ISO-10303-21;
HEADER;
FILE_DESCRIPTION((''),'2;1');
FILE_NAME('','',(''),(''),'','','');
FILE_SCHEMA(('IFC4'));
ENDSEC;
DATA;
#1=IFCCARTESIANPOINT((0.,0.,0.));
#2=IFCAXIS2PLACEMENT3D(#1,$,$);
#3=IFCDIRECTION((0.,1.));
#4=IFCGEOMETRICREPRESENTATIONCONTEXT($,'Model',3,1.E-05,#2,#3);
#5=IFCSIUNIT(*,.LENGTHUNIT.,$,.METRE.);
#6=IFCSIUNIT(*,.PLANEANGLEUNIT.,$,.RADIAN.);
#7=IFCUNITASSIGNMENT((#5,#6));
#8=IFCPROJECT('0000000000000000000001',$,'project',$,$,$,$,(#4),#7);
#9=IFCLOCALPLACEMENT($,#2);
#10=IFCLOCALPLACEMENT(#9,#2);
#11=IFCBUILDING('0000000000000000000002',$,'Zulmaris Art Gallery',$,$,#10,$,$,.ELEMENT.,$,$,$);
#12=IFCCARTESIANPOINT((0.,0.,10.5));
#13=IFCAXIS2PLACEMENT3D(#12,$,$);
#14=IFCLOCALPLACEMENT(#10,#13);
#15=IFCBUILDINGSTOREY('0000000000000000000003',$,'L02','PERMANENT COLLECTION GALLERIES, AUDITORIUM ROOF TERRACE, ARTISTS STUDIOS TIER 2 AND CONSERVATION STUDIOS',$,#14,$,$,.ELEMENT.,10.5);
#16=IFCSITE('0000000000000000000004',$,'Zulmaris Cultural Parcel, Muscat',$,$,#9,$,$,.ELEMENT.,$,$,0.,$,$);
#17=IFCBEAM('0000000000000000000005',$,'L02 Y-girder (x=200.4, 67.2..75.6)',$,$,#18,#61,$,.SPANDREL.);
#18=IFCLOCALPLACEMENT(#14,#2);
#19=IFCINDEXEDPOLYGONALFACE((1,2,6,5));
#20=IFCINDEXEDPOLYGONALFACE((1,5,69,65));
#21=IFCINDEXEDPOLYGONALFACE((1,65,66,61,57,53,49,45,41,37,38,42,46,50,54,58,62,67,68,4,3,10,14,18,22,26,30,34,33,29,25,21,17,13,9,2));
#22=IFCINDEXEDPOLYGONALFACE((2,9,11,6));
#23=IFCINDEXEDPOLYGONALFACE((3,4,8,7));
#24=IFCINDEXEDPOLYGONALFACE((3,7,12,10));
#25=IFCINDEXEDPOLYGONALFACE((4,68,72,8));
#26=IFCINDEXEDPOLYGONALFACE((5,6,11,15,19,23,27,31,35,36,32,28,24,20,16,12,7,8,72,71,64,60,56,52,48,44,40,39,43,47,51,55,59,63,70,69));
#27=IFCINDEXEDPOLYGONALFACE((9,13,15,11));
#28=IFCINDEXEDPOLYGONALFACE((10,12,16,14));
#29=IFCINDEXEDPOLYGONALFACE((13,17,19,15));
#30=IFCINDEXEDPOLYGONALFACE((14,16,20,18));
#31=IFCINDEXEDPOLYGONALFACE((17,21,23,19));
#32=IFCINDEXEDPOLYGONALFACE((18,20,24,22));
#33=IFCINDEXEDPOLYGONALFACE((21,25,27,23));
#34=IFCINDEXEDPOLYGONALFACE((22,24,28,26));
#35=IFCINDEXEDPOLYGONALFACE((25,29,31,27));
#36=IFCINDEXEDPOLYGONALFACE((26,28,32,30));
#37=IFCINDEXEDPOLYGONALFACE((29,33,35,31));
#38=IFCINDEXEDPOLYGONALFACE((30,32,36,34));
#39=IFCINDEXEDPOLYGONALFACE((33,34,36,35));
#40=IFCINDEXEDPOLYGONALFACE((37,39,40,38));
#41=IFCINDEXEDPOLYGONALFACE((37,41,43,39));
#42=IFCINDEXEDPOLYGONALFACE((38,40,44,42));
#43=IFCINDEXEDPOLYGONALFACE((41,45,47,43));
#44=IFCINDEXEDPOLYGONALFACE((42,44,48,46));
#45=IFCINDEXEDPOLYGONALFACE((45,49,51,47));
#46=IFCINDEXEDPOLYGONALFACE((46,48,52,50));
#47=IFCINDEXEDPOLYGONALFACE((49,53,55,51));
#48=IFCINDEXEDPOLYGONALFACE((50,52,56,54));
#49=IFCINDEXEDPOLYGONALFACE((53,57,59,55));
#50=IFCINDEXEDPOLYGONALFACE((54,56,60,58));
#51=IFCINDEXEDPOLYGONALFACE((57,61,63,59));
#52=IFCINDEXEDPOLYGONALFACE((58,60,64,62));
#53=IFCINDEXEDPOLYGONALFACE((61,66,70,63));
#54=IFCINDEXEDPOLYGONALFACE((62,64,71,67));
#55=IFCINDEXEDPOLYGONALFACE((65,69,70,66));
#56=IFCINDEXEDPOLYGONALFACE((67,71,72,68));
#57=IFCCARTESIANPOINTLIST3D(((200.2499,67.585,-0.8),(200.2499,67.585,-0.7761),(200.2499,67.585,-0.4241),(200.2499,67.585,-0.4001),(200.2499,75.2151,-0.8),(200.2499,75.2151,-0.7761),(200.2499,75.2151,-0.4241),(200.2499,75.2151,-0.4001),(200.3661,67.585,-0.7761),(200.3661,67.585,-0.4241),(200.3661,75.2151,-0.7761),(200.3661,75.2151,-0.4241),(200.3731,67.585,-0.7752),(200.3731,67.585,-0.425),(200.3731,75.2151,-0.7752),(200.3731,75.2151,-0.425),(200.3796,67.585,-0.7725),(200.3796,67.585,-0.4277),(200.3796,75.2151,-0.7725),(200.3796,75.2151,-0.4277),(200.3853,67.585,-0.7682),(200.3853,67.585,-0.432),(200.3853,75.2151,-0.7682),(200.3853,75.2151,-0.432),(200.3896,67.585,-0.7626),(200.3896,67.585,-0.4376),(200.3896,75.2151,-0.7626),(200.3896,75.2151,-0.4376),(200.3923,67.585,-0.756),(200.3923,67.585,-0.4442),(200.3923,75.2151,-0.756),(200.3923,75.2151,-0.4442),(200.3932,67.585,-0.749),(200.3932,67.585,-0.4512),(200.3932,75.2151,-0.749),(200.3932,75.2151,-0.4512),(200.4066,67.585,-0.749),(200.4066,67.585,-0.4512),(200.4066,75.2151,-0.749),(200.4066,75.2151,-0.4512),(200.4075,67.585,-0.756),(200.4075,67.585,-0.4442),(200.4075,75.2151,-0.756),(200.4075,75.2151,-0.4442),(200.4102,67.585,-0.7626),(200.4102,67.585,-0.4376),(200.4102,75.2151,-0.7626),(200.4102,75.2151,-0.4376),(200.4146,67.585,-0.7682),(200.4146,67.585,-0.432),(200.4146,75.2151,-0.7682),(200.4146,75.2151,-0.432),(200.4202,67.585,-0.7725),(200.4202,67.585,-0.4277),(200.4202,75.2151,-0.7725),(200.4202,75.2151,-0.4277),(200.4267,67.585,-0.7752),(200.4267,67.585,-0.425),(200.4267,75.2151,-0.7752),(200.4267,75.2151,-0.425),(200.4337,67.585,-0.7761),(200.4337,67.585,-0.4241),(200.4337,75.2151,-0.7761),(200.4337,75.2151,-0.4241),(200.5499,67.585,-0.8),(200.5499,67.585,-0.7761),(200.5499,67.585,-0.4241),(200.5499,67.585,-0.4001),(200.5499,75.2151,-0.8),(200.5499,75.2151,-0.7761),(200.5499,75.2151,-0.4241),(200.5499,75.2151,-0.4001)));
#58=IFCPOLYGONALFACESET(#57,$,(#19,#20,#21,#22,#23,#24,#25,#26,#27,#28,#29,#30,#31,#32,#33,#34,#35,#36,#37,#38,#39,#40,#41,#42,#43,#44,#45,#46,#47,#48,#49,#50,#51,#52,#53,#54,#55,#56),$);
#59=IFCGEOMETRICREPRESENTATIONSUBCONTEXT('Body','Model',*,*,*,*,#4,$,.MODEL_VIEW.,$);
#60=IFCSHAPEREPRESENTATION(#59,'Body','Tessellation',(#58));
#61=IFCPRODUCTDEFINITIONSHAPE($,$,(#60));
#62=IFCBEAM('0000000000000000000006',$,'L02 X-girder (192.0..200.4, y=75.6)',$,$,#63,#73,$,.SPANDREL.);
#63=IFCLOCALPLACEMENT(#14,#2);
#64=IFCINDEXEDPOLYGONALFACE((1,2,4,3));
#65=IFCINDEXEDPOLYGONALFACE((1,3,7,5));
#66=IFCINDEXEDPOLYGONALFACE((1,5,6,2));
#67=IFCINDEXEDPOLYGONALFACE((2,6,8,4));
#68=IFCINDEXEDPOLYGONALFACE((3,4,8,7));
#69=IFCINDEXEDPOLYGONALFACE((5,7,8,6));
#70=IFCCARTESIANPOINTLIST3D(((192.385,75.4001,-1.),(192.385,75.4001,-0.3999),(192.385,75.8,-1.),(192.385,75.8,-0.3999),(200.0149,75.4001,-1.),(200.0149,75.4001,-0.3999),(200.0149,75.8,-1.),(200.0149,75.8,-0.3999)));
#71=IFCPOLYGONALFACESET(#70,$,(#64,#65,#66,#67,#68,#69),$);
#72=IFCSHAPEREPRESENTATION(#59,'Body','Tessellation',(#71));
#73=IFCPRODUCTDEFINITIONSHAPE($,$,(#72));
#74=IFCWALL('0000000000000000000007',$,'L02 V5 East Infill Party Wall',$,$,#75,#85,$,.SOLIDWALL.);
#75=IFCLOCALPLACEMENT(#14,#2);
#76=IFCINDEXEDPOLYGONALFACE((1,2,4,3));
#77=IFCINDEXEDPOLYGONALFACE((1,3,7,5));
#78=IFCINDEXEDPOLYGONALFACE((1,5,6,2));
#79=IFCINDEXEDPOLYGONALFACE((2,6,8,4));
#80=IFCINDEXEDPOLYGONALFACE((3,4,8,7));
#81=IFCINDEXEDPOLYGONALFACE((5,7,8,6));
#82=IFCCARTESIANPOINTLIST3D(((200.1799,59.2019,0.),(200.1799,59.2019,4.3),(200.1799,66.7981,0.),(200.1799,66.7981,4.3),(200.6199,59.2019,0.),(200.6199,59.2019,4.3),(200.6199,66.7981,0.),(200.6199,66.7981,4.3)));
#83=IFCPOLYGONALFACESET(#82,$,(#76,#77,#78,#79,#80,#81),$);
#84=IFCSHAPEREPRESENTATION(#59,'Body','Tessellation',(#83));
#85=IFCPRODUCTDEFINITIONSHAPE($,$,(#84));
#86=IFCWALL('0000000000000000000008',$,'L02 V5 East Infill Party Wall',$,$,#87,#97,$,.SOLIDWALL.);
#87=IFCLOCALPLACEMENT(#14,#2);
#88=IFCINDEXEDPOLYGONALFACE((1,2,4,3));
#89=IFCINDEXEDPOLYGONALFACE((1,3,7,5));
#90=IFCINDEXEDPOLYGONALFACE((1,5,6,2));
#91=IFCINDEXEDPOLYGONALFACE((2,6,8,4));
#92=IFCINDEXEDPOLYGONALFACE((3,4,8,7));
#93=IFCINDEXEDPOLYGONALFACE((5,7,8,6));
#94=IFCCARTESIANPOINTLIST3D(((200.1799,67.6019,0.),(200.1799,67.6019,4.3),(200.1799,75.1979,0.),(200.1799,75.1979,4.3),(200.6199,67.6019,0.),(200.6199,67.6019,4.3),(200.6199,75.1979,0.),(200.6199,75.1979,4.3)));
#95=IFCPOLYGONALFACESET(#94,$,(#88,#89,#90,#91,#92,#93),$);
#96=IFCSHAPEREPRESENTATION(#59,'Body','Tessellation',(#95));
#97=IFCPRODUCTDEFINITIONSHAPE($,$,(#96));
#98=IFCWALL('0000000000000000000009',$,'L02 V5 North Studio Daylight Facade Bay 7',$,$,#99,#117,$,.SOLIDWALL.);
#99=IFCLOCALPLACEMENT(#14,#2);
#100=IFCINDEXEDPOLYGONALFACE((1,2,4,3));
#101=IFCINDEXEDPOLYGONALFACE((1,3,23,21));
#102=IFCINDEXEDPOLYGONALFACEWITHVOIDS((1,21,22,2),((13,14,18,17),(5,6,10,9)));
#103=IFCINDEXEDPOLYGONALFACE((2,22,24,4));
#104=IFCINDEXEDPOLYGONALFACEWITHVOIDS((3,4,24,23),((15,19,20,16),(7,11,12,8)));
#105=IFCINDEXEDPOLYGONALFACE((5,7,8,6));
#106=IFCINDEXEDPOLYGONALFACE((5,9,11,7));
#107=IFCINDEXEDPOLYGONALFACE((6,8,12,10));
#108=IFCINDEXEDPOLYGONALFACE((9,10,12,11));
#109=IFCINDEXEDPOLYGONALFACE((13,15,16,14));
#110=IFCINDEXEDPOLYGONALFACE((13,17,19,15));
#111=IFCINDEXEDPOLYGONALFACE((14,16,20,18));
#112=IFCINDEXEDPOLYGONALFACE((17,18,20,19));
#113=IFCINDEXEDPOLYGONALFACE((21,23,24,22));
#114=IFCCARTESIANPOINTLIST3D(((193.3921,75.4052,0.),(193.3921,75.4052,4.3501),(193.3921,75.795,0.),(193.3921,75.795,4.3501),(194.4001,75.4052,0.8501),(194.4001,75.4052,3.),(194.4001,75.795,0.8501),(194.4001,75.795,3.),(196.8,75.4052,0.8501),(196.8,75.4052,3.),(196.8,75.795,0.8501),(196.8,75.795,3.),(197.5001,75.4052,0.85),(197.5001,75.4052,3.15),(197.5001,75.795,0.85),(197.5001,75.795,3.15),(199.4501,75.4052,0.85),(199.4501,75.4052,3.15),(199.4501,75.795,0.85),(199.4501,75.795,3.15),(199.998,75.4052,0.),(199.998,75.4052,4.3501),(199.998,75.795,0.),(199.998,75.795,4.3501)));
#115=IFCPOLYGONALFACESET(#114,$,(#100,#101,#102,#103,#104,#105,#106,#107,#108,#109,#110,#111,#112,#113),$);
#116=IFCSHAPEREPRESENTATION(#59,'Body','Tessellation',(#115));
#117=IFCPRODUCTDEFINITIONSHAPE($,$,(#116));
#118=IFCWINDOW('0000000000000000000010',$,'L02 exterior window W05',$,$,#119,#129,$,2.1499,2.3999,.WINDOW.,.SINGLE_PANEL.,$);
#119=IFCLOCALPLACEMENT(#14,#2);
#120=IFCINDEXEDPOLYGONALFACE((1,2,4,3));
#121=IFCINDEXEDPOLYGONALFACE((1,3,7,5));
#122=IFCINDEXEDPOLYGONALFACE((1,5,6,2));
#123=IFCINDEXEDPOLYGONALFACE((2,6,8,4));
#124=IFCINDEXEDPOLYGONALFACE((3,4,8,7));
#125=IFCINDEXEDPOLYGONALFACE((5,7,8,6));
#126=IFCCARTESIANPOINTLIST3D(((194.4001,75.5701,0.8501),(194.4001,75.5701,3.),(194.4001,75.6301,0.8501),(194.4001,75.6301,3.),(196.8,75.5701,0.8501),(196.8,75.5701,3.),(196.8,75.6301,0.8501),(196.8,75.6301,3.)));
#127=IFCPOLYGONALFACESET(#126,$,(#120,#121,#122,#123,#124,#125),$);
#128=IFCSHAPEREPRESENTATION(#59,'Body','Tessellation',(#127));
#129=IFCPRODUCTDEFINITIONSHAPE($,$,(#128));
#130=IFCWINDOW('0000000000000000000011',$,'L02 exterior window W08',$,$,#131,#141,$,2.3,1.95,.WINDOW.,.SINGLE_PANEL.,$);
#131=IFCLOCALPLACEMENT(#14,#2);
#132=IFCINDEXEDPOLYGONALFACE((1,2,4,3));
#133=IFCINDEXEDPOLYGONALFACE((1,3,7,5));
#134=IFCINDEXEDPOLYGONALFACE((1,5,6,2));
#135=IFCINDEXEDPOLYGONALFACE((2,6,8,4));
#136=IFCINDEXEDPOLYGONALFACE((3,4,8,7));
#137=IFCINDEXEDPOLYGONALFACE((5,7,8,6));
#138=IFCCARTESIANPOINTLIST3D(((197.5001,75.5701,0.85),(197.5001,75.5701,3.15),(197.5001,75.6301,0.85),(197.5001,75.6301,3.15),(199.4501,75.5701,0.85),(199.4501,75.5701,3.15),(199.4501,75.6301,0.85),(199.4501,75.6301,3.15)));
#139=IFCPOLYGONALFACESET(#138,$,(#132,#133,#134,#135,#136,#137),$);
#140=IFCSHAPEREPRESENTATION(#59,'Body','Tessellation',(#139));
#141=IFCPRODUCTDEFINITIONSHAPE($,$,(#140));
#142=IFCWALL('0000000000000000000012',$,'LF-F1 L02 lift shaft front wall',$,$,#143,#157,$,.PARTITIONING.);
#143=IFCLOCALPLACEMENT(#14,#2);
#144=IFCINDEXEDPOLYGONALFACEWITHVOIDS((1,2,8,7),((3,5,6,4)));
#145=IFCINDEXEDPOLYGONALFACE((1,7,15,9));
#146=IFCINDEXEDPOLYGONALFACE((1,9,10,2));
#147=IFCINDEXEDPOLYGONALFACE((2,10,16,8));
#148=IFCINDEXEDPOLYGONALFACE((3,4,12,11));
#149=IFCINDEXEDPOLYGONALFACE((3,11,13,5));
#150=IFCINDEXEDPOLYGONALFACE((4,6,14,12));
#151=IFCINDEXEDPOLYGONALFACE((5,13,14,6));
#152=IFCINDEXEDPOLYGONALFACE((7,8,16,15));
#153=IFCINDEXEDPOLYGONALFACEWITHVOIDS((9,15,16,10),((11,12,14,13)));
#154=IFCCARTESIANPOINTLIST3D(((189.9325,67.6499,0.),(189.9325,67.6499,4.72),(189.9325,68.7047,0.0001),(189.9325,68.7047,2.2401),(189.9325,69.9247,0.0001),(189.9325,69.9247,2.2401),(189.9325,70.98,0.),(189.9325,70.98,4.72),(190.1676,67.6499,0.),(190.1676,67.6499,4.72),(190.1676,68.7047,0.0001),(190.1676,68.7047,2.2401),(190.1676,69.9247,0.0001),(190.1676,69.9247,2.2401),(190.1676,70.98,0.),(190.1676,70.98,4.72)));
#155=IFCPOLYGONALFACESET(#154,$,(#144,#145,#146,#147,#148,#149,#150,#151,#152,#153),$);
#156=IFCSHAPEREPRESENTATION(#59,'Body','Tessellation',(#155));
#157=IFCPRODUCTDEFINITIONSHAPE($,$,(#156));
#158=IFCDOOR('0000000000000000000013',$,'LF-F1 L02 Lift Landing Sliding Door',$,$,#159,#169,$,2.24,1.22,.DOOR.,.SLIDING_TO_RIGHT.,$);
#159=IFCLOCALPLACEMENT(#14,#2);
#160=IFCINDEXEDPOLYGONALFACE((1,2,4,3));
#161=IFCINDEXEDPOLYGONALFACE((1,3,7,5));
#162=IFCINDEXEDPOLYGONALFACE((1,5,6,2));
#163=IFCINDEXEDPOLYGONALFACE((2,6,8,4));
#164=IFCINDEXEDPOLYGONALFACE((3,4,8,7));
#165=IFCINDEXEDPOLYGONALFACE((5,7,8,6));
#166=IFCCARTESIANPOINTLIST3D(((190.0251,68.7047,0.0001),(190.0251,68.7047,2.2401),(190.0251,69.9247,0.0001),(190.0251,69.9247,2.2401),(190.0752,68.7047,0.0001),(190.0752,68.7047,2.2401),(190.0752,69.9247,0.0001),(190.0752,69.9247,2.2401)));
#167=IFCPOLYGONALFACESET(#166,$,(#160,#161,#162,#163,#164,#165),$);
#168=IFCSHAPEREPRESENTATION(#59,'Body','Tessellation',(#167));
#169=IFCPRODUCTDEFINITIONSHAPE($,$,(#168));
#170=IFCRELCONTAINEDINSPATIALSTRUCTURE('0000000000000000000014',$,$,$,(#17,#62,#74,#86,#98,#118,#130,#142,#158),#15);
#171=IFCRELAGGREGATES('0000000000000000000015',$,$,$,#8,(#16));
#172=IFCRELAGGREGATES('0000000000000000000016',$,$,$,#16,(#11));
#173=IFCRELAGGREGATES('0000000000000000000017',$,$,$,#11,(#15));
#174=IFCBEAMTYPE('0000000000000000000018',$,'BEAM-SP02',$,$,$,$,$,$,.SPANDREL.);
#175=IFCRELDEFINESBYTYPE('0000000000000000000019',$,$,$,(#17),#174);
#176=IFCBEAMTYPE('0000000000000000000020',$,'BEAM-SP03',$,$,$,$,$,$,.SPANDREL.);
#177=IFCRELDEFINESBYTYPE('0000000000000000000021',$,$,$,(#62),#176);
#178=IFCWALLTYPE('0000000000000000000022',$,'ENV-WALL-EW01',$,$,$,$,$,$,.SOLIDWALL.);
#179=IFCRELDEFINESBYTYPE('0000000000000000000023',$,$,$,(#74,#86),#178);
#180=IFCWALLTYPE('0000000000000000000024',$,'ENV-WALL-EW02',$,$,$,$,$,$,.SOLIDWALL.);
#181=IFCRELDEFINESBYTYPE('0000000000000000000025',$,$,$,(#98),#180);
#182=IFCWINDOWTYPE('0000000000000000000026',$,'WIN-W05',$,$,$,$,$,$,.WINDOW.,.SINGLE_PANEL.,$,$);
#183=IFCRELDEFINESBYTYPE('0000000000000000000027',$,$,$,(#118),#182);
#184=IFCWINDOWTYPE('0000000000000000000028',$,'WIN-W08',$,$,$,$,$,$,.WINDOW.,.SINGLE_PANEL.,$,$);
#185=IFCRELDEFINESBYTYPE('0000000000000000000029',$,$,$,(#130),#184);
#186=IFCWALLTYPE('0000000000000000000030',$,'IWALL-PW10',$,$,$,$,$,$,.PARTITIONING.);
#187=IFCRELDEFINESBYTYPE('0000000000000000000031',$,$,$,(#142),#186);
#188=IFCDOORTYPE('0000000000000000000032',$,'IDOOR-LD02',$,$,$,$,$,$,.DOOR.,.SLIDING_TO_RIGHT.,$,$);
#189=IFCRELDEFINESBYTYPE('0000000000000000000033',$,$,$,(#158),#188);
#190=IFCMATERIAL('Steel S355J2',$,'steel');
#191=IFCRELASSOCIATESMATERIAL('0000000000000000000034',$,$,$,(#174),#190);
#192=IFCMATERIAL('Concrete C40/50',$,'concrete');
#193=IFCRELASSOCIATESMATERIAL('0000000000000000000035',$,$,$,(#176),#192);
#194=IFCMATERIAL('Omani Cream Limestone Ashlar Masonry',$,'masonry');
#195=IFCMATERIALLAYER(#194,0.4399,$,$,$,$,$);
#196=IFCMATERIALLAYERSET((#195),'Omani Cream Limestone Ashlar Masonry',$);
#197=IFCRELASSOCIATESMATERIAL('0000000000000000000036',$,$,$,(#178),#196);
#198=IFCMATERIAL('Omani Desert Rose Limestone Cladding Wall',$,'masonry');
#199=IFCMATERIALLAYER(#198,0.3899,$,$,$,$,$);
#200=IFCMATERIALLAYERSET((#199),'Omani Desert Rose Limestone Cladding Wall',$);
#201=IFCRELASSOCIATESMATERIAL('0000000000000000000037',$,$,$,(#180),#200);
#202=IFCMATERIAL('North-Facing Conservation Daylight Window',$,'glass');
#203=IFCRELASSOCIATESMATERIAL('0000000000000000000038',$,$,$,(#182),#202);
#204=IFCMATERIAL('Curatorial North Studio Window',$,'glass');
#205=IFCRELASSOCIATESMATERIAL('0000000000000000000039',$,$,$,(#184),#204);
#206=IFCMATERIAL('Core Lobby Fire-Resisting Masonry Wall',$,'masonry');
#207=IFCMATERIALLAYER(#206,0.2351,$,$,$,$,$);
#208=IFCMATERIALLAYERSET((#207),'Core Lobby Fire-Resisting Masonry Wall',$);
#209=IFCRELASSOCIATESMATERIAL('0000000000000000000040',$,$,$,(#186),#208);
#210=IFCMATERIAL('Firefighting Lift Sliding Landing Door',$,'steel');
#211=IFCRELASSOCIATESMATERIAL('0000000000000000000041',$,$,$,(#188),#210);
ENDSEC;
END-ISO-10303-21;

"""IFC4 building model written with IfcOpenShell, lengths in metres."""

from ifc_helpers import new_model, si_unit, direction, frame, frame_2d, origin, origin_2d, place, context, subcontext, project, spatial, rectangle, i_section, extrude, material, layer, layer_set, material_profile, profile_set, type_object, element, fill, save


model = new_model("IFC4")

# Units and contexts
model_context = context("Model", 3, precision=1e-05, world=origin(), true_north=direction((0.0, 1.0)))
body_context = subcontext(model_context, "Body", "Model", "MODEL_VIEW")
ifc_project = project(units=[si_unit("LENGTHUNIT", "METRE"), si_unit("PLANEANGLEUNIT", "RADIAN")], contexts=[model_context])

# Site, building, storey
site_placement = place(None, origin())
site = spatial("IfcSite", under=ifc_project, at=site_placement, Name="Zulmaris Cultural Parcel, Muscat", CompositionType="ELEMENT", RefElevation=0.0)
building_placement = place(site_placement, origin())
building = spatial("IfcBuilding", under=site, at=building_placement, Name="Zulmaris Art Gallery", CompositionType="ELEMENT")
storey_placement = place(building_placement, frame((0.0, 0.0, 10.5)))
storey = spatial("IfcBuildingStorey", under=building, at=storey_placement, Name="L02", Description="PERMANENT COLLECTION GALLERIES, AUDITORIUM ROOF TERRACE, ARTISTS STUDIOS TIER 2 AND CONSERVATION STUDIOS", CompositionType="ELEMENT", Elevation=10.5)

# Shared definitions
ifc_material_1 = material(Name="Concrete C40/50", Category="concrete")

# Beams
ifc_material_2 = material(Name="Steel S355J2", Category="steel")
ifc_material_profile_1 = material_profile(ifc_material_2, i_section(OverallWidth=0.3, OverallDepth=0.3999, WebThickness=0.0134, FlangeThickness=0.0239, FilletRadius=0.0271, at=origin_2d()), Name="HEB 400")
ifc_profile_set_1 = profile_set([ifc_material_profile_1], Name="Steel S355J2")
beam_type_1 = type_object("IfcBeamType", Name="BEAM-SP02", PredefinedType="SPANDREL", material=ifc_profile_set_1)
beam_1_placement = place(storey_placement, frame((200.3999, 67.585, -0.6001), z_axis=(0.0, 1.0, 0.0), x_axis=(-1.0, 0.0, 0.0)))
element("IfcBeam", 1, at=beam_1_placement, inside=storey, type_object=beam_type_1, Name="L02 Y-girder (x=200.4, 67.2..75.6)", PredefinedType="SPANDREL", context=body_context, shape_type="SweptSolid", body=[
    extrude(i_section(OverallWidth=0.3, OverallDepth=0.3999, WebThickness=0.0134, FlangeThickness=0.0239, FilletRadius=0.0271, at=origin_2d()), origin(), (0.0, 0.0, 1.0), 7.6301),
])
ifc_material_profile_2 = material_profile(ifc_material_1, rectangle(XDim=0.3999, YDim=0.6001, at=origin_2d()), Name="RC 400x600")
ifc_profile_set_2 = profile_set([ifc_material_profile_2], Name="Concrete C40/50")
beam_type_2 = type_object("IfcBeamType", Name="BEAM-SP03", PredefinedType="SPANDREL", material=ifc_profile_set_2)
beam_2_placement = place(storey_placement, frame((192.385, 75.6001, -0.7), z_axis=(1.0, 0.0, 0.0), x_axis=(0.0, 1.0, 0.0)))
element("IfcBeam", 2, at=beam_2_placement, inside=storey, type_object=beam_type_2, Name="L02 X-girder (192.0..200.4, y=75.6)", PredefinedType="SPANDREL", context=body_context, shape_type="SweptSolid", body=[
    extrude(rectangle(XDim=0.3999, YDim=0.6001, at=origin_2d()), origin(), (0.0, 0.0, 1.0), 7.6299),
])

# Walls
ifc_material_3 = material(Name="Omani Cream Limestone Ashlar Masonry", Category="masonry")
ifc_layer_1 = layer(ifc_material_3, 0.4399)
ifc_layer_set_1 = layer_set([ifc_layer_1], Name="Omani Cream Limestone Ashlar Masonry")
wall_type_1 = type_object("IfcWallType", Name="ENV-WALL-EW01", PredefinedType="SOLIDWALL", material=ifc_layer_set_1)
wall_1_placement = place(storey_placement, frame((200.3999, 59.2019, 0.0), z_axis=(0.0, 0.0, 1.0), x_axis=(0.0, 1.0, 0.0)))
element("IfcWall", 3, at=wall_1_placement, inside=storey, type_object=wall_type_1, Name="L02 V5 East Infill Party Wall", PredefinedType="SOLIDWALL", context=body_context, shape_type="SweptSolid", body=[
    extrude(rectangle(XDim=7.5962, YDim=0.4399, at=frame_2d((3.7981, 0.0))), origin(), (0.0, 0.0, 1.0), 4.3),
])
wall_2_placement = place(storey_placement, frame((200.3999, 67.6021, 0.0), z_axis=(0.0, 0.0, 1.0), x_axis=(0.0, 1.0, 0.0)))
element("IfcWall", 4, at=wall_2_placement, inside=storey, type_object=wall_type_1, Name="L02 V5 East Infill Party Wall", PredefinedType="SOLIDWALL", context=body_context, shape_type="SweptSolid", body=[
    extrude(rectangle(XDim=7.5959, YDim=0.4399, at=frame_2d((3.7979, 0.0))), origin(), (0.0, 0.0, 1.0), 4.3),
])

# Wall, openings, windows
ifc_material_4 = material(Name="Omani Desert Rose Limestone Cladding Wall", Category="masonry")
ifc_layer_2 = layer(ifc_material_4, 0.3899)
ifc_layer_set_2 = layer_set([ifc_layer_2], Name="Omani Desert Rose Limestone Cladding Wall")
wall_type_2 = type_object("IfcWallType", Name="ENV-WALL-EW02", PredefinedType="SOLIDWALL", material=ifc_layer_set_2)
wall_3_placement = place(storey_placement, frame((193.3921, 75.6001, 0.0), z_axis=(0.0, 0.0, 1.0), x_axis=(1.0, 0.0, 0.0)))
wall_3 = element("IfcWall", 5, at=wall_3_placement, inside=storey, type_object=wall_type_2, Name="L02 V5 North Studio Daylight Facade Bay 7", PredefinedType="SOLIDWALL", context=body_context, shape_type="SweptSolid", body=[
    extrude(rectangle(XDim=6.606, YDim=0.3899, at=frame_2d((3.303, 0.0))), origin(), (0.0, 0.0, 1.0), 4.3501),
])
opening_1_placement = place(wall_3_placement, frame((1.0081, 0.0, 0.8501)))
opening_1 = element("IfcOpeningElement", 6, at=opening_1_placement, cuts=wall_3, PredefinedType="OPENING", context=body_context, shape_type="SweptSolid", body=[
    extrude(rectangle(XDim=2.3999, YDim=2.1499, at=frame_2d((1.2, 1.075))), frame((0.0, 0.2048, 0.0), z_axis=(0.0, -1.0, 0.0), x_axis=(1.0, 0.0, 0.0)), (0.0, 0.0, 1.0), 0.4099),
])
opening_2_placement = place(wall_3_placement, frame((4.1079, 0.0, 0.8501)))
opening_2 = element("IfcOpeningElement", 7, at=opening_2_placement, cuts=wall_3, PredefinedType="OPENING", context=body_context, shape_type="SweptSolid", body=[
    extrude(rectangle(XDim=1.95, YDim=2.3, at=frame_2d((0.9751, 1.1499))), frame((0.0, 0.2048, 0.0), z_axis=(0.0, -1.0, 0.0), x_axis=(1.0, 0.0, 0.0)), (0.0, 0.0, 1.0), 0.4099),
])
ifc_material_5 = material(Name="North-Facing Conservation Daylight Window", Category="glass")
window_type_1 = type_object("IfcWindowType", Name="WIN-W05", PartitioningType="SINGLE_PANEL", PredefinedType="WINDOW", material=ifc_material_5)
window_1_placement = place(opening_1_placement, origin())
window_1 = element("IfcWindow", 8, at=window_1_placement, inside=storey, type_object=window_type_1, Name="L02 exterior window W05", OverallHeight=2.1499, OverallWidth=2.3999, PartitioningType="SINGLE_PANEL", PredefinedType="WINDOW", context=body_context, shape_type="SweptSolid", body=[
    extrude(rectangle(XDim=2.3999, YDim=2.1499, at=frame_2d((1.2, 1.075))), frame((0.0, 0.03, 0.0), z_axis=(0.0, -1.0, 0.0), x_axis=(1.0, 0.0, 0.0)), (0.0, 0.0, 1.0), 0.0601),
])
fill(opening_1, window_1)
ifc_material_6 = material(Name="Curatorial North Studio Window", Category="glass")
window_type_2 = type_object("IfcWindowType", Name="WIN-W08", PartitioningType="SINGLE_PANEL", PredefinedType="WINDOW", material=ifc_material_6)
window_2_placement = place(opening_2_placement, origin())
window_2 = element("IfcWindow", 9, at=window_2_placement, inside=storey, type_object=window_type_2, Name="L02 exterior window W08", OverallHeight=2.3, OverallWidth=1.95, PartitioningType="SINGLE_PANEL", PredefinedType="WINDOW", context=body_context, shape_type="SweptSolid", body=[
    extrude(rectangle(XDim=1.95, YDim=2.3, at=frame_2d((0.9751, 1.1499))), frame((0.0, 0.03, 0.0), z_axis=(0.0, -1.0, 0.0), x_axis=(1.0, 0.0, 0.0)), (0.0, 0.0, 1.0), 0.0601),
])
fill(opening_2, window_2)

# Wall, opening, door
ifc_material_7 = material(Name="Core Lobby Fire-Resisting Masonry Wall", Category="masonry")
ifc_layer_3 = layer(ifc_material_7, 0.2351)
ifc_layer_set_3 = layer_set([ifc_layer_3], Name="Core Lobby Fire-Resisting Masonry Wall")
wall_type_3 = type_object("IfcWallType", Name="IWALL-PW10", PredefinedType="PARTITIONING", material=ifc_layer_set_3)
wall_4_placement = place(storey_placement, frame((190.05, 67.6499, 0.0), z_axis=(0.0, 0.0, 1.0), x_axis=(0.0, 1.0, 0.0)))
wall_4 = element("IfcWall", 10, at=wall_4_placement, inside=storey, type_object=wall_type_3, Name="LF-F1 L02 lift shaft front wall", PredefinedType="PARTITIONING", context=body_context, shape_type="SweptSolid", body=[
    extrude(rectangle(XDim=3.3301, YDim=0.2351, at=frame_2d((1.665, 0.0))), origin(), (0.0, 0.0, 1.0), 4.72),
])
opening_3_placement = place(wall_4_placement, frame((1.0549, 0.0, 0.0)))
opening_3 = element("IfcOpeningElement", 11, at=opening_3_placement, cuts=wall_4, PredefinedType="OPENING", context=body_context, shape_type="SweptSolid", body=[
    extrude(rectangle(XDim=1.22, YDim=2.24, at=frame_2d((0.6099, 1.1201))), frame((0.0, 0.1274, 0.0), z_axis=(0.0, -1.0, 0.0), x_axis=(1.0, 0.0, 0.0)), (0.0, 0.0, 1.0), 0.2551),
])
ifc_material_8 = material(Name="Firefighting Lift Sliding Landing Door", Category="steel")
door_type_1 = type_object("IfcDoorType", Name="IDOOR-LD02", OperationType="SLIDING_TO_RIGHT", PredefinedType="DOOR", material=ifc_material_8)
door_1_placement = place(opening_3_placement, origin())
door_1 = element("IfcDoor", 12, at=door_1_placement, inside=storey, type_object=door_type_1, Name="LF-F1 L02 Lift Landing Sliding Door", OperationType="SLIDING_TO_RIGHT", OverallHeight=2.24, OverallWidth=1.22, PredefinedType="DOOR", context=body_context, shape_type="SweptSolid", body=[
    extrude(rectangle(XDim=1.22, YDim=2.24, at=frame_2d((0.6099, 1.1201))), frame((0.0, 0.0249, 0.0), z_axis=(0.0, -1.0, 0.0), x_axis=(1.0, 0.0, 0.0)), (0.0, 0.0, 1.0), 0.05),
])
fill(opening_3, door_1)

save(model, "model.ifc")
